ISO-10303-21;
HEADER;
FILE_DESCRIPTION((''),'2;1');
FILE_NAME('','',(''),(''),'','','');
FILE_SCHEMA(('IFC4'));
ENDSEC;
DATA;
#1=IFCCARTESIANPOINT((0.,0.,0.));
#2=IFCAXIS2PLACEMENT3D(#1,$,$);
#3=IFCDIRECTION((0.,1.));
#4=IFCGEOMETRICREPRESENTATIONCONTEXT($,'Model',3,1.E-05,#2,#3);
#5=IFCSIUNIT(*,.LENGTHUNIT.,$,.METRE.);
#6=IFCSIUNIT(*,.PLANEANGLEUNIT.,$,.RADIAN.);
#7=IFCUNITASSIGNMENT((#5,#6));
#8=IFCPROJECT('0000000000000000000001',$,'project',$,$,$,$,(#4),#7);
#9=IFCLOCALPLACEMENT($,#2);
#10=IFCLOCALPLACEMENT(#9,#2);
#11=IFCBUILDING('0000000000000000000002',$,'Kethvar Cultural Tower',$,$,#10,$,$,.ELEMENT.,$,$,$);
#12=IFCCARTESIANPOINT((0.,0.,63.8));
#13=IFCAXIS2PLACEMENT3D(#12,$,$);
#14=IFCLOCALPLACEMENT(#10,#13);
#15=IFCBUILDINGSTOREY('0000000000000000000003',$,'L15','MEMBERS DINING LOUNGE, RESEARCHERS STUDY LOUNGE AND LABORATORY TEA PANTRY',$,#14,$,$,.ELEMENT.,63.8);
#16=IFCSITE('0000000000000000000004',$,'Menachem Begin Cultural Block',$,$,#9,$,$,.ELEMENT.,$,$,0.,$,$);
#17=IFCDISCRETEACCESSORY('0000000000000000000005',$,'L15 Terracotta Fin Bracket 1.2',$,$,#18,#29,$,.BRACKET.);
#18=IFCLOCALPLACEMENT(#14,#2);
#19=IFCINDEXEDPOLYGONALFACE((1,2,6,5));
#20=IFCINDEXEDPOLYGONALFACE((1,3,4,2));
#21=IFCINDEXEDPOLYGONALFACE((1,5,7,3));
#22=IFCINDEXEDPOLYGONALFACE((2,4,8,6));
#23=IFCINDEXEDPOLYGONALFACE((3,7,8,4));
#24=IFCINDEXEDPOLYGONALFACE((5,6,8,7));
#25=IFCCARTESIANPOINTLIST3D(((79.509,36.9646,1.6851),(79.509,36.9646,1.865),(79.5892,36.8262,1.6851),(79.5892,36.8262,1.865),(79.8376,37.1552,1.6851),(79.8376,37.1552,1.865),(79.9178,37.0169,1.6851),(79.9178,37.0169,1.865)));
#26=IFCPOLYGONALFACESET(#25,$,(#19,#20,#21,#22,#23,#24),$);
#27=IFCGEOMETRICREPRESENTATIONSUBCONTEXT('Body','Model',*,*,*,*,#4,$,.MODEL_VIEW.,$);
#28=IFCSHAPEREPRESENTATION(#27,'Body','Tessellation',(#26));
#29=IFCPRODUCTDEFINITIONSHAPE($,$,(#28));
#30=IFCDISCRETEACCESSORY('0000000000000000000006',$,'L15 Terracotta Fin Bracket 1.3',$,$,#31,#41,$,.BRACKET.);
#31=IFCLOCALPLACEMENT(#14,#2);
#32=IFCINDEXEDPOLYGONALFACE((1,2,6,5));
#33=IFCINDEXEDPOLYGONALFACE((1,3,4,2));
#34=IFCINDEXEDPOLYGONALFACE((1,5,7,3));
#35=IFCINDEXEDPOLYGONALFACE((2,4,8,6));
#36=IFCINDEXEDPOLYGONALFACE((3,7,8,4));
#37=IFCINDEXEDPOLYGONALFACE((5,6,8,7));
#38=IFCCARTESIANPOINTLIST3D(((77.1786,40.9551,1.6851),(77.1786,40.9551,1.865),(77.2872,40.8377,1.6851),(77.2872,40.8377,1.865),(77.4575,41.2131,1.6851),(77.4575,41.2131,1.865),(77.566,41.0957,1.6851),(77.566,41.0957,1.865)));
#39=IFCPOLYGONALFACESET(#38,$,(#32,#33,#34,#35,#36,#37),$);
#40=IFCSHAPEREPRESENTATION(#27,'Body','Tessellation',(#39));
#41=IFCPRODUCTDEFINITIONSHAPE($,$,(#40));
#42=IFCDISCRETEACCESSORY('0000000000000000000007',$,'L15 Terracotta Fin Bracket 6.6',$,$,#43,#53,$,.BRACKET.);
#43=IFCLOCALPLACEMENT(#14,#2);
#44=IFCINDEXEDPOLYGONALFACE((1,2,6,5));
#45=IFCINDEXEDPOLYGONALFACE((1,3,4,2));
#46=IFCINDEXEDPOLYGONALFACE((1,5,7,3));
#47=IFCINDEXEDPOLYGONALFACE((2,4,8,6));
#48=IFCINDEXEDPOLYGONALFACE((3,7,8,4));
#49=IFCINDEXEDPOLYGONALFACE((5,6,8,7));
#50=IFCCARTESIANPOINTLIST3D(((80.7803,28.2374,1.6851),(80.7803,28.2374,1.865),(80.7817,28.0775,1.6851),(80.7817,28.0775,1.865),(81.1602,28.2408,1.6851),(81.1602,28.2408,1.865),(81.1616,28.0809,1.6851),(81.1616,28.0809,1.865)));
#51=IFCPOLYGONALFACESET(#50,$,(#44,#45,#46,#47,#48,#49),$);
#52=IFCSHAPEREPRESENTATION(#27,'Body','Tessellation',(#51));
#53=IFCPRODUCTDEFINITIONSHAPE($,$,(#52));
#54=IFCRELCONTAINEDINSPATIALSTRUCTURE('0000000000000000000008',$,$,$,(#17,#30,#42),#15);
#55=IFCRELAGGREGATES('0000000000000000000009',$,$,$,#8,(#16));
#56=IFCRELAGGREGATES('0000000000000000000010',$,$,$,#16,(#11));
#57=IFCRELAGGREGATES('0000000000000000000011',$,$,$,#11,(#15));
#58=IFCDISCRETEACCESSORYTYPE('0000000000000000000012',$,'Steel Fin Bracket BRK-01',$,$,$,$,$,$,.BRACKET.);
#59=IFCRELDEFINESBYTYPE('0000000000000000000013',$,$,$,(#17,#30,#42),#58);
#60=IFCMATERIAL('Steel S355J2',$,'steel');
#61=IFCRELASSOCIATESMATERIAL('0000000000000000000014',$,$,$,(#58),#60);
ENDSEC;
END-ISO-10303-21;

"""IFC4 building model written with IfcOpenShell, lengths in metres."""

from ifc_helpers import new_model, si_unit, direction, frame, origin, origin_2d, place, context, subcontext, project, spatial, rectangle, extrude, source, transform, mapped, material, type_object, element, save


model = new_model("IFC4")

# Units and contexts
model_context = context("Model", 3, precision=1e-05, world=origin(), true_north=direction((0.0, 1.0)))
body_context = subcontext(model_context, "Body", "Model", "MODEL_VIEW")
ifc_project = project(units=[si_unit("LENGTHUNIT", "METRE"), si_unit("PLANEANGLEUNIT", "RADIAN")], contexts=[model_context])

# Site, building, storey
site_placement = place(None, origin())
site = spatial("IfcSite", under=ifc_project, at=site_placement, Name="Menachem Begin Cultural Block", CompositionType="ELEMENT", RefElevation=0.0)
building_placement = place(site_placement, origin())
building = spatial("IfcBuilding", under=site, at=building_placement, Name="Kethvar Cultural Tower", CompositionType="ELEMENT")
storey_placement = place(building_placement, frame((0.0, 0.0, 63.8)))
storey = spatial("IfcBuildingStorey", under=building, at=storey_placement, Name="L15", Description="MEMBERS DINING LOUNGE, RESEARCHERS STUDY LOUNGE AND LABORATORY TEA PANTRY", CompositionType="ELEMENT", Elevation=63.8)

# Shared definitions
ifc_material_1 = material(Name="Steel S355J2", Category="steel")

# Discrete accessories
discrete_accessory_type = type_object("IfcDiscreteAccessoryType", Name="Steel Fin Bracket BRK-01", PredefinedType="BRACKET", material=ifc_material_1)
shared_shape_1 = source(origin(), body_context, "Body", "SweptSolid", [
    extrude(rectangle(XDim=0.3799, YDim=0.1599, at=origin_2d()), origin(), (0.0, 0.0, 1.0), 0.1799),
])
for number, where, z_axis, x_axis, name in (
    (1, (79.7134, 36.9907, 1.6851), (0.0, 0.0, 1.0), (0.864976, 0.501813, 0.0), "L15 Terracotta Fin Bracket 1.2"),
    (2, (77.3723, 41.0254, 1.6851), (0.0, 0.0, 1.0), (0.734086, 0.679057, 0.0), "L15 Terracotta Fin Bracket 1.3"),
    (3, (80.9709, 28.1592, 1.6851), (0.0, 0.0, 1.0), (0.99996, 0.008901, 0.0), "L15 Terracotta Fin Bracket 6.6"),
):
    element("IfcDiscreteAccessory", number, at=place(storey_placement, frame(where, z_axis=z_axis, x_axis=x_axis)), inside=storey, type_object=discrete_accessory_type, Name=name, PredefinedType="BRACKET", context=body_context, shape_type="MappedRepresentation", body=[
        mapped(shared_shape_1, transform((0.0, 0.0, 0.0), scale=1.0)),
    ])

save(model, "model.ifc")
